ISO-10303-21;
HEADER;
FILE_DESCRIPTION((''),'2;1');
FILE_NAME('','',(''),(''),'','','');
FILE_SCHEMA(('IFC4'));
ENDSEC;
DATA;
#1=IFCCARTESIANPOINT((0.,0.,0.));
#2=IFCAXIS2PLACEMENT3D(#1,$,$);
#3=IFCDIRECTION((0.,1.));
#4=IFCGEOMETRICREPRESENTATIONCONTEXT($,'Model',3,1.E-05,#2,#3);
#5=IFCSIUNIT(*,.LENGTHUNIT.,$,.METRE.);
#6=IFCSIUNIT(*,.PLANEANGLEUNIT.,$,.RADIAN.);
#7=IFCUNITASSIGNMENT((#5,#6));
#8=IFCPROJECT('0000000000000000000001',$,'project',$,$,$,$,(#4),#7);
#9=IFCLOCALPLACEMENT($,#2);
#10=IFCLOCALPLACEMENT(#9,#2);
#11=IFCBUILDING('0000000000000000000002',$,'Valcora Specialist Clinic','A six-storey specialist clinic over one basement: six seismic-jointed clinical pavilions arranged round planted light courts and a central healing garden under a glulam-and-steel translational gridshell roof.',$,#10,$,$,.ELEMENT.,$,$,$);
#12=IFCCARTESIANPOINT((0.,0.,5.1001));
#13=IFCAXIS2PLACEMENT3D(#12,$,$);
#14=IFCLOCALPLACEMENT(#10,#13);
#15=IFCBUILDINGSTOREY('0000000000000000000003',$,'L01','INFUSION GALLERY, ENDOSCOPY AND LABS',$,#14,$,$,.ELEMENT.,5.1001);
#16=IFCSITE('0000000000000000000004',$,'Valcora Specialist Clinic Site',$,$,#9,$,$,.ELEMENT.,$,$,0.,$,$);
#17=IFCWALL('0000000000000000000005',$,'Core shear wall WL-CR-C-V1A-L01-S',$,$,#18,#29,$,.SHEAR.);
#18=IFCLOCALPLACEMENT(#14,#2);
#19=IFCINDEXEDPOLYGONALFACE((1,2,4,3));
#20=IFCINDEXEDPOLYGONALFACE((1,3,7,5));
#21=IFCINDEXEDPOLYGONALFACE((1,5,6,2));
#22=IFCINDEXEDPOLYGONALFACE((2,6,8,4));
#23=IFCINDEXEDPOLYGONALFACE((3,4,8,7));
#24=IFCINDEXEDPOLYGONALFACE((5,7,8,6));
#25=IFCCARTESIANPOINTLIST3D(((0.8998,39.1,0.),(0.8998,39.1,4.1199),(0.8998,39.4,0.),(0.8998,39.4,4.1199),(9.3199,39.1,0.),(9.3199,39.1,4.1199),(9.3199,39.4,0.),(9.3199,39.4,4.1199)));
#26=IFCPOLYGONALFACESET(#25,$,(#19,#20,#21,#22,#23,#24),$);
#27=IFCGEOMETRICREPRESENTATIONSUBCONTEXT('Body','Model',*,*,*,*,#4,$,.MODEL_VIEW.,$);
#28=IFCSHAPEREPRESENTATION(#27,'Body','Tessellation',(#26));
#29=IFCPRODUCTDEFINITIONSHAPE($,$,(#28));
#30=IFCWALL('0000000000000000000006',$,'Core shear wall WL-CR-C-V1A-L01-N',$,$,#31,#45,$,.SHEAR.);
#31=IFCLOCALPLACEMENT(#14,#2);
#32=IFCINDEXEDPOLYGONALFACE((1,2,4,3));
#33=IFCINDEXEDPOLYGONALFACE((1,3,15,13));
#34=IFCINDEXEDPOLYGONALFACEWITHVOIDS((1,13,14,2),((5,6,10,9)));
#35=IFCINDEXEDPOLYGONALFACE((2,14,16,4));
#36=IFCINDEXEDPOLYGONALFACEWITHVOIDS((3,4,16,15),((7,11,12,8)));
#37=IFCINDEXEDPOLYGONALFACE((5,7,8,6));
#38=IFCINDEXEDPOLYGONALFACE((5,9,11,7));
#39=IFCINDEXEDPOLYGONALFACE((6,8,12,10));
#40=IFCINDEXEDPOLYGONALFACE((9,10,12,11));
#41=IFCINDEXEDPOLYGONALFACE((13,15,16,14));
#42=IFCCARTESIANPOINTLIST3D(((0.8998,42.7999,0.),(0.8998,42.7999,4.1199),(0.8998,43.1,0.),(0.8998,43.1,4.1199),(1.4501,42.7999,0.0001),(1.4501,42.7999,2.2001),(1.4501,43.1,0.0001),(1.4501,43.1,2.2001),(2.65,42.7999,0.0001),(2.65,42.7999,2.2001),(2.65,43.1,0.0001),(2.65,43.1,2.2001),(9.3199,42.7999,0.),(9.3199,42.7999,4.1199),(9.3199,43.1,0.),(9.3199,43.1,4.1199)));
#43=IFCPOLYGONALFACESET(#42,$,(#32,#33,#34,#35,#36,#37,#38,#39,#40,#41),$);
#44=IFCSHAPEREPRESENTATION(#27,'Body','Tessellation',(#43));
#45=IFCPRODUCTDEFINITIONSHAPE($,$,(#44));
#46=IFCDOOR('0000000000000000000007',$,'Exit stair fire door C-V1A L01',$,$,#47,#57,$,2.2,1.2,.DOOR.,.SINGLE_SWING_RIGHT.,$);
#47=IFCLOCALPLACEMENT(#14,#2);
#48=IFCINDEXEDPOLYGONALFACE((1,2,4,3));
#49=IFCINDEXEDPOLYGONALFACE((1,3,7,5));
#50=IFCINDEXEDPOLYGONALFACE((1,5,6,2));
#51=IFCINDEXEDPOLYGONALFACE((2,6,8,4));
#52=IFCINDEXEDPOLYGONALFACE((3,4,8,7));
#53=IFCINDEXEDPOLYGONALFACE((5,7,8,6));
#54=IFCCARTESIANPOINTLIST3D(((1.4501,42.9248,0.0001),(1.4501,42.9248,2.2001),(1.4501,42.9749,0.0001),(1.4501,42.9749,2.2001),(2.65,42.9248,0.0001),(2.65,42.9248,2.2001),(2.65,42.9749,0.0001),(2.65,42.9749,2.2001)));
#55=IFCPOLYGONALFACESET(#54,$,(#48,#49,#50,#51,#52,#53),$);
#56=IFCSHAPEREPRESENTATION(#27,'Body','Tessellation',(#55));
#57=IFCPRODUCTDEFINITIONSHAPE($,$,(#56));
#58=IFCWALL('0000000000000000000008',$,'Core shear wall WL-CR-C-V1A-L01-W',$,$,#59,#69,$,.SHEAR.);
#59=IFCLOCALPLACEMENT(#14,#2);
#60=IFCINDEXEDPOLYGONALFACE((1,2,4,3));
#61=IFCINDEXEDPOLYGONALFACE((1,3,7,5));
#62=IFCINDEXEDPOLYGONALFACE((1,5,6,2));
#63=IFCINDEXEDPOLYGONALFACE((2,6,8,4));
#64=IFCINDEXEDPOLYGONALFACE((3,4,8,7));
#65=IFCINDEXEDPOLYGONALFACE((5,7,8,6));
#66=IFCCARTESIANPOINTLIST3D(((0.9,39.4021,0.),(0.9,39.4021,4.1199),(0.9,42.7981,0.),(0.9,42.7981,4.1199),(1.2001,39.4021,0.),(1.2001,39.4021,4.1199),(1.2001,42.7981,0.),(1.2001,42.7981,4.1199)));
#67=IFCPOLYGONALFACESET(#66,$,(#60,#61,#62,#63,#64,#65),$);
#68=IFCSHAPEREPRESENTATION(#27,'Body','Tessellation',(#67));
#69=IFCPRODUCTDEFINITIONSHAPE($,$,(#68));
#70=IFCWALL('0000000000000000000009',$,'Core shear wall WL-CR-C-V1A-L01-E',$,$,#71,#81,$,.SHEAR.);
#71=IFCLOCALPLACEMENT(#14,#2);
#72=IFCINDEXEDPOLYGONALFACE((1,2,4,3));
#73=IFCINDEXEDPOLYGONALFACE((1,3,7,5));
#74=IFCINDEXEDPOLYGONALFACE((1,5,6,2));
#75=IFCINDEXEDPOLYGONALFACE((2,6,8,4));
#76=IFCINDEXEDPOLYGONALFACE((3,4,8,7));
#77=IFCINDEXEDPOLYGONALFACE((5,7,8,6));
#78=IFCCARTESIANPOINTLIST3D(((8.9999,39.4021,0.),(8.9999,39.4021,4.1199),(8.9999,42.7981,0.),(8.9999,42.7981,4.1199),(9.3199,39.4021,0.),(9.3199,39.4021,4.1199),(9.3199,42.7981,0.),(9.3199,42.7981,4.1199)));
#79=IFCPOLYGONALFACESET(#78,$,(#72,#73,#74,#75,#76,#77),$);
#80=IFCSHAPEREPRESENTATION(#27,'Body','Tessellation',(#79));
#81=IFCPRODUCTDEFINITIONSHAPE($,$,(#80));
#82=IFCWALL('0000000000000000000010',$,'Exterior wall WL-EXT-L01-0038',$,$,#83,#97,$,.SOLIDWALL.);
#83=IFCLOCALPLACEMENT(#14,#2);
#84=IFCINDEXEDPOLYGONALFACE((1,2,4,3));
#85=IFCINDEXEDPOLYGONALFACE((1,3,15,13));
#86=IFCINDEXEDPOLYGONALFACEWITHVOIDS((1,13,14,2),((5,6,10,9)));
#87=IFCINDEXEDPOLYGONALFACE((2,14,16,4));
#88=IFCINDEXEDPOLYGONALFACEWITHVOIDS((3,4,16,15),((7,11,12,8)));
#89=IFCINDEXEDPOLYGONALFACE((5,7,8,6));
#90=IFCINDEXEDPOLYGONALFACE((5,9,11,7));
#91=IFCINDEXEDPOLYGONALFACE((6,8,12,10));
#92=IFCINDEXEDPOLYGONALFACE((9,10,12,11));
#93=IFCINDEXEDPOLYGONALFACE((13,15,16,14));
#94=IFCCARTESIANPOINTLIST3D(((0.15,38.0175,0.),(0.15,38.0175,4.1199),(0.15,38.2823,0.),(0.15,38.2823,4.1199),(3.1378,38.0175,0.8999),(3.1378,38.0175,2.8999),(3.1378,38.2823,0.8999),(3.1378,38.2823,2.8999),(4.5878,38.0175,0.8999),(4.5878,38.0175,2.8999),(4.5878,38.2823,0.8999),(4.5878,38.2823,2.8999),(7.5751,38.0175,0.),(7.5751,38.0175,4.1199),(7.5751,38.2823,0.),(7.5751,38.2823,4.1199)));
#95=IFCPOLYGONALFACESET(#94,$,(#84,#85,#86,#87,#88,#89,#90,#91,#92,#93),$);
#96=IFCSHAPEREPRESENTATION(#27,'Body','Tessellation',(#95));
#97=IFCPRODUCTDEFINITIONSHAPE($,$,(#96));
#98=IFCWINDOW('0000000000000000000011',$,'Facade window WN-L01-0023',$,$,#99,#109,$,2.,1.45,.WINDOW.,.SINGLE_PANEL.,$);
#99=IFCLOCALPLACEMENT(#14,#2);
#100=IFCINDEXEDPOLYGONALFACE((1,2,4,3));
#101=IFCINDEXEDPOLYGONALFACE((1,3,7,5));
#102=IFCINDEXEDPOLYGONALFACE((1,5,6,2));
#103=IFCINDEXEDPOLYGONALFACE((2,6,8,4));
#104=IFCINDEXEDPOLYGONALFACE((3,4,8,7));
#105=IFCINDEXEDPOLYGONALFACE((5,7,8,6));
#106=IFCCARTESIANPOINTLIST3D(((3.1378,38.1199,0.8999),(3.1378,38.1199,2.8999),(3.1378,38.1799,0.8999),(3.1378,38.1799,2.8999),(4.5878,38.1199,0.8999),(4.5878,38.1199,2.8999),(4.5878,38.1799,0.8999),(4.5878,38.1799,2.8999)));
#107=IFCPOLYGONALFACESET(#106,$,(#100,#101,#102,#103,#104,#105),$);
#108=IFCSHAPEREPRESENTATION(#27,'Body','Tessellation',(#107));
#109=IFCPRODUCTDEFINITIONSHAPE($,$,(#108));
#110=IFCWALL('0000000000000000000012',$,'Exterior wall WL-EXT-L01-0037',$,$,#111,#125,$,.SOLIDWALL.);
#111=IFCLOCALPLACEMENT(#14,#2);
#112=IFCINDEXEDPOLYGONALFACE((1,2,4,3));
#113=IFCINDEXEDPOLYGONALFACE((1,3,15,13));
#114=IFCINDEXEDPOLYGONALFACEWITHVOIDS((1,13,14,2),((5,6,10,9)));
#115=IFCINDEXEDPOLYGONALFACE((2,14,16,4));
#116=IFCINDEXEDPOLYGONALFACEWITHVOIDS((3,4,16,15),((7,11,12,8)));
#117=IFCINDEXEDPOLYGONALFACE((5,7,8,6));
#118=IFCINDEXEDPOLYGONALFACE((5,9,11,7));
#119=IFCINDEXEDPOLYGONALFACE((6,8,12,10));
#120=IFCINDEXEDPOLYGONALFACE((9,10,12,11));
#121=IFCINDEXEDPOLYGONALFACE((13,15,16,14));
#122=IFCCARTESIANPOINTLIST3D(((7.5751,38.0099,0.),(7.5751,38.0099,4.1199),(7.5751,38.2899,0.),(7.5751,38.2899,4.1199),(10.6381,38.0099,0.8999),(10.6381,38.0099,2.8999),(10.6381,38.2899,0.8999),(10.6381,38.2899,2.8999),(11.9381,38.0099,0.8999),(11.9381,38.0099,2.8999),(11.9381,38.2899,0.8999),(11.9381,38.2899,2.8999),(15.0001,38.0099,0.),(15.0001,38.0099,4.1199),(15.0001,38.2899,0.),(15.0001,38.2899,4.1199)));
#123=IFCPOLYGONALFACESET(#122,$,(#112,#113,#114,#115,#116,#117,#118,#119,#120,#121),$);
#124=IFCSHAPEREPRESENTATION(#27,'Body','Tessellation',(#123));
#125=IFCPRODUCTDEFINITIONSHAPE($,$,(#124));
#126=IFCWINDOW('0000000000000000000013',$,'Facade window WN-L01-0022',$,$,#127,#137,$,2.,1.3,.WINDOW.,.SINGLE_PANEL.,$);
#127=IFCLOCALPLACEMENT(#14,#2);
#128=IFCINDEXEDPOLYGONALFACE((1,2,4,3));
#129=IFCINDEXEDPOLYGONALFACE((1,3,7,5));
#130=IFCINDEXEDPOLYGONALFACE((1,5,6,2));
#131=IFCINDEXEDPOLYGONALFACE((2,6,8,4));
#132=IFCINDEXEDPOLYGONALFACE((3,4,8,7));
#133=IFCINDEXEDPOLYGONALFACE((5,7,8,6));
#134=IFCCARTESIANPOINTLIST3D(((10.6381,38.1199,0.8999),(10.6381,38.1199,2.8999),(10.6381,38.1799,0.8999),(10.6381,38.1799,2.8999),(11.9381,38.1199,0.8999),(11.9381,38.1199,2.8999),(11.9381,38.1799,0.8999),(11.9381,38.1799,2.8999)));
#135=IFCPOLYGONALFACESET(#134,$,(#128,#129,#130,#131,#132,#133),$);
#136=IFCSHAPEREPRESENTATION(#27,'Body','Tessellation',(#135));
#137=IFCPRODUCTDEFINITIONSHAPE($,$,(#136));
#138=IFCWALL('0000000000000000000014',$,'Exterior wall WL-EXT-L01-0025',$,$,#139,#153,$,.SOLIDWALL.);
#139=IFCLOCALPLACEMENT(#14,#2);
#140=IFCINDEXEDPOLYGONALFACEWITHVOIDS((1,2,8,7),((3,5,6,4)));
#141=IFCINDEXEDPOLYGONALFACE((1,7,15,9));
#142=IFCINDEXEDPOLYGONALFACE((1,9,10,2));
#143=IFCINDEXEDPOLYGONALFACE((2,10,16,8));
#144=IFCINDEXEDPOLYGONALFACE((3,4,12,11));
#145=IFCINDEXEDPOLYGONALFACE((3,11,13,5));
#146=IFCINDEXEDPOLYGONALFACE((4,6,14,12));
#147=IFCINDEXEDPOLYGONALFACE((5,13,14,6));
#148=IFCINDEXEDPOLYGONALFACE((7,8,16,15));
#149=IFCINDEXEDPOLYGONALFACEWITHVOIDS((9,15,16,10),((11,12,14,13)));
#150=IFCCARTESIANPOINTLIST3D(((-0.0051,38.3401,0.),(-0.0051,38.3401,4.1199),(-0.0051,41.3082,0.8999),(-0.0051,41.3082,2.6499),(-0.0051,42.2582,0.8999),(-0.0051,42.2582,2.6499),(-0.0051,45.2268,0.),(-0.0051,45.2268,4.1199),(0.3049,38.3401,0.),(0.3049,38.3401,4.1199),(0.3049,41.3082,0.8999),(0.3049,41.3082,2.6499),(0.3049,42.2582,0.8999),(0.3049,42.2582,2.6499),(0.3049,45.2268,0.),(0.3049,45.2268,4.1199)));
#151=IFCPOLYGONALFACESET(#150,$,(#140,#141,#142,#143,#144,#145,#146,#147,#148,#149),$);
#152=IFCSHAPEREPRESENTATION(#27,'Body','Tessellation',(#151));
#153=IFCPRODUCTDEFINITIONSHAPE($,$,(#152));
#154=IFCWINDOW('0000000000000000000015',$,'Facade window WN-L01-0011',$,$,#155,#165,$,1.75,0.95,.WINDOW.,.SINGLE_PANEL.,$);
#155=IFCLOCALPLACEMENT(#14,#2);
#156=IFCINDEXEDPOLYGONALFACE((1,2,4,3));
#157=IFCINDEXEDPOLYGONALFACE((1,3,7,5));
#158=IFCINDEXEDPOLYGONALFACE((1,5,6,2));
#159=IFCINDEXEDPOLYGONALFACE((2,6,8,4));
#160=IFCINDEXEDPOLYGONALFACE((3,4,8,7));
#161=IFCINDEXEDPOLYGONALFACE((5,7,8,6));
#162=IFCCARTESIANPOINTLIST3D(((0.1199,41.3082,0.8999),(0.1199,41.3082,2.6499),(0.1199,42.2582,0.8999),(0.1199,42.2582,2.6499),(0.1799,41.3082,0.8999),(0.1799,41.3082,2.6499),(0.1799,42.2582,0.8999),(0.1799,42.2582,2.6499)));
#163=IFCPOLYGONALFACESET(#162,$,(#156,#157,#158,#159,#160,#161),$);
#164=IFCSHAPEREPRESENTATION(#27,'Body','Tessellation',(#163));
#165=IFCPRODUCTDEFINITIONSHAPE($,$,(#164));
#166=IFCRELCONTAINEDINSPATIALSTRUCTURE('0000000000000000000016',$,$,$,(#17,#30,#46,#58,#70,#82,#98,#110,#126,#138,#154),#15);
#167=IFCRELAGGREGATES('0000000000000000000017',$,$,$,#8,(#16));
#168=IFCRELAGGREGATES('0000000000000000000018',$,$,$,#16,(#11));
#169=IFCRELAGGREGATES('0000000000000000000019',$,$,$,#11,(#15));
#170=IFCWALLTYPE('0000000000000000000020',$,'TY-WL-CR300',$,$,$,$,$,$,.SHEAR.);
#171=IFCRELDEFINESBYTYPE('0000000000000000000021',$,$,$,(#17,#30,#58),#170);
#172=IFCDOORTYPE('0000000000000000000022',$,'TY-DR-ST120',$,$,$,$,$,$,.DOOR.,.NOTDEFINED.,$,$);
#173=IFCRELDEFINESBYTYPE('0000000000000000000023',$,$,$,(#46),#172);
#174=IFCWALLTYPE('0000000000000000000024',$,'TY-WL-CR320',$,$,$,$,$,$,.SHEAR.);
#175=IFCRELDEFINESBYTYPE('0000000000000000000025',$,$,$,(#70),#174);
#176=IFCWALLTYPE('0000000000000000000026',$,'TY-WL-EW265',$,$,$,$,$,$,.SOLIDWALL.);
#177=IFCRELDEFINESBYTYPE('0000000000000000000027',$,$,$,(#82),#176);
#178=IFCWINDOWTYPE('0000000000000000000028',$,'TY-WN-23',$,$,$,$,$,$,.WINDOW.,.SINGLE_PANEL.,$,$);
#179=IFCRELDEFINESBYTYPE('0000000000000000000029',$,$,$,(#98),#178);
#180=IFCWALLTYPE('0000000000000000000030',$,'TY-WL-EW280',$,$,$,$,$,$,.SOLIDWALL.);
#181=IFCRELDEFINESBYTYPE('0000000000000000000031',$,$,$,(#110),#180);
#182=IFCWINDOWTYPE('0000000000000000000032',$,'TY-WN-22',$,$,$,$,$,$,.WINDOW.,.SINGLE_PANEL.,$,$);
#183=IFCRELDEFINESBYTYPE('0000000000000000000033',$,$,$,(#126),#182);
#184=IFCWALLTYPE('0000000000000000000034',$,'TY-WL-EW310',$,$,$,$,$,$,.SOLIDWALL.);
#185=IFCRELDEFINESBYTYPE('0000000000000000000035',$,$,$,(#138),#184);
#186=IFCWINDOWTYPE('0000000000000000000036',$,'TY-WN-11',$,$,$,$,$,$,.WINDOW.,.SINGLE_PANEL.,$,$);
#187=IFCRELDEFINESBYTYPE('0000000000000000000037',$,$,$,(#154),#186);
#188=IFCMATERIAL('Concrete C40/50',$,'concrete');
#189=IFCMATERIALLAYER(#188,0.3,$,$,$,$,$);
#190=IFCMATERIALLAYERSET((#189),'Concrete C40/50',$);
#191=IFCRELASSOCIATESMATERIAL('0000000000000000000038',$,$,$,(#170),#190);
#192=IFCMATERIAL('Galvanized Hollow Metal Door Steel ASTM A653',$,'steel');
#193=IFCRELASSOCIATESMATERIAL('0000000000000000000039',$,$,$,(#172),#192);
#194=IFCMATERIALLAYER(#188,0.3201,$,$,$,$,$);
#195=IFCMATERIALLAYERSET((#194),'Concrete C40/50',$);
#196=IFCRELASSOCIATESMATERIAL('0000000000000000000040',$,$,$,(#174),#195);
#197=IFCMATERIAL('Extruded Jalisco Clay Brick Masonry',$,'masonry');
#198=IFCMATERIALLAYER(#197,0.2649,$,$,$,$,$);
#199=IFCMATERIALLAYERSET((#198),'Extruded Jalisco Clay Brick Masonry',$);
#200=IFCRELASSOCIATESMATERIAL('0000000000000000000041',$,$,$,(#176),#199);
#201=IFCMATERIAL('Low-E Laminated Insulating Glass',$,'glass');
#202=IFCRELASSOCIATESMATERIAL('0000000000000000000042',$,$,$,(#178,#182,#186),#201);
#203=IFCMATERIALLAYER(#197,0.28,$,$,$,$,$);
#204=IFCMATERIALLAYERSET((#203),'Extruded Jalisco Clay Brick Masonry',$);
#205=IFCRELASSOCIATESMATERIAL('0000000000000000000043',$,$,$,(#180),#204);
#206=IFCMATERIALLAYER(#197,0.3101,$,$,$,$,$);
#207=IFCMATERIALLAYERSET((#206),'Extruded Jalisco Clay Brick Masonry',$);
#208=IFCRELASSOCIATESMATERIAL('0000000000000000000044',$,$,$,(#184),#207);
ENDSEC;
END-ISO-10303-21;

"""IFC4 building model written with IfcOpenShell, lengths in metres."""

from ifc_helpers import new_model, si_unit, direction, frame, frame_2d, origin, place, context, subcontext, project, spatial, rectangle, extrude, material, layer, layer_set, type_object, element, fill, save


model = new_model("IFC4")

# Units and contexts
model_context = context("Model", 3, precision=1e-05, world=origin(), true_north=direction((0.0, 1.0)))
body_context = subcontext(model_context, "Body", "Model", "MODEL_VIEW")
ifc_project = project(units=[si_unit("LENGTHUNIT", "METRE"), si_unit("PLANEANGLEUNIT", "RADIAN")], contexts=[model_context])

# Site, building, storey
site_placement = place(None, origin())
site = spatial("IfcSite", under=ifc_project, at=site_placement, Name="Valcora Specialist Clinic Site", CompositionType="ELEMENT", RefElevation=0.0)
building_placement = place(site_placement, origin())
building = spatial("IfcBuilding", under=site, at=building_placement, Name="Valcora Specialist Clinic", Description="A six-storey specialist clinic over one basement: six seismic-jointed clinical pavilions arranged round planted light courts and a central healing garden under a glulam-and-steel translational gridshell roof.", CompositionType="ELEMENT")
storey_placement = place(building_placement, frame((0.0, 0.0, 5.1001)))
storey = spatial("IfcBuildingStorey", under=building, at=storey_placement, Name="L01", Description="INFUSION GALLERY, ENDOSCOPY AND LABS", CompositionType="ELEMENT", Elevation=5.1001)

# Shared definitions
ifc_material_1 = material(Name="Concrete C40/50", Category="concrete")

# Wall
ifc_layer_1 = layer(ifc_material_1, 0.3)
ifc_layer_set_1 = layer_set([ifc_layer_1], Name="Concrete C40/50")
wall_type_1 = type_object("IfcWallType", Name="TY-WL-CR300", PredefinedType="SHEAR", material=ifc_layer_set_1)
wall_1_placement = place(storey_placement, frame((0.8999, 39.25, 0.0), z_axis=(0.0, 0.0, 1.0), x_axis=(1.0, 0.0, 0.0)))
element("IfcWall", 1, at=wall_1_placement, inside=storey, type_object=wall_type_1, Name="Core shear wall WL-CR-C-V1A-L01-S", PredefinedType="SHEAR", context=body_context, shape_type="SweptSolid", body=[
    extrude(rectangle(XDim=8.4202, YDim=0.3, at=frame_2d((4.21, 0.0))), origin(), (0.0, 0.0, 1.0), 4.1199),
])

# Wall, opening, door
wall_2_placement = place(storey_placement, frame((0.8999, 42.95, 0.0), z_axis=(0.0, 0.0, 1.0), x_axis=(1.0, 0.0, 0.0)))
wall_2 = element("IfcWall", 2, at=wall_2_placement, inside=storey, type_object=wall_type_1, Name="Core shear wall WL-CR-C-V1A-L01-N", PredefinedType="SHEAR", context=body_context, shape_type="SweptSolid", body=[
    extrude(rectangle(XDim=8.4202, YDim=0.3, at=frame_2d((4.21, 0.0))), origin(), (0.0, 0.0, 1.0), 4.1199),
])
opening_1_placement = place(wall_2_placement, frame((0.55, 0.0, 0.0)))
opening_1 = element("IfcOpeningElement", 3, at=opening_1_placement, cuts=wall_2, PredefinedType="OPENING", context=body_context, shape_type="SweptSolid", body=[
    extrude(rectangle(XDim=1.2, YDim=2.2, at=frame_2d((0.6001, 1.1001))), frame((0.0, 0.1599, 0.0), z_axis=(0.0, -1.0, 0.0), x_axis=(1.0, 0.0, 0.0)), (0.0, 0.0, 1.0), 0.3201),
])
ifc_material_2 = material(Name="Galvanized Hollow Metal Door Steel ASTM A653", Category="steel")
door_type_1 = type_object("IfcDoorType", Name="TY-DR-ST120", OperationType="NOTDEFINED", PredefinedType="DOOR", material=ifc_material_2)
door_1_placement = place(opening_1_placement, origin())
door_1 = element("IfcDoor", 4, at=door_1_placement, inside=storey, type_object=door_type_1, Name="Exit stair fire door C-V1A L01", OperationType="SINGLE_SWING_RIGHT", OverallHeight=2.2, OverallWidth=1.2, PredefinedType="DOOR", context=body_context, shape_type="SweptSolid", body=[
    extrude(rectangle(XDim=1.2, YDim=2.2, at=frame_2d((0.6001, 1.1001))), frame((0.0, 0.0249, 0.0), z_axis=(0.0, -1.0, 0.0), x_axis=(1.0, 0.0, 0.0)), (0.0, 0.0, 1.0), 0.05),
])
fill(opening_1, door_1)

# Walls
wall_3_placement = place(storey_placement, frame((1.05, 39.4021, 0.0), z_axis=(0.0, 0.0, 1.0), x_axis=(0.0, 1.0, 0.0)))
element("IfcWall", 5, at=wall_3_placement, inside=storey, type_object=wall_type_1, Name="Core shear wall WL-CR-C-V1A-L01-W", PredefinedType="SHEAR", context=body_context, shape_type="SweptSolid", body=[
    extrude(rectangle(XDim=3.396, YDim=0.3, at=frame_2d((1.698, 0.0))), origin(), (0.0, 0.0, 1.0), 4.1199),
])
ifc_layer_2 = layer(ifc_material_1, 0.3201)
ifc_layer_set_2 = layer_set([ifc_layer_2], Name="Concrete C40/50")
wall_type_2 = type_object("IfcWallType", Name="TY-WL-CR320", PredefinedType="SHEAR", material=ifc_layer_set_2)
wall_4_placement = place(storey_placement, frame((9.1599, 39.4021, 0.0), z_axis=(0.0, 0.0, 1.0), x_axis=(0.0, 1.0, 0.0)))
element("IfcWall", 6, at=wall_4_placement, inside=storey, type_object=wall_type_2, Name="Core shear wall WL-CR-C-V1A-L01-E", PredefinedType="SHEAR", context=body_context, shape_type="SweptSolid", body=[
    extrude(rectangle(XDim=3.396, YDim=0.3201, at=frame_2d((1.698, 0.0))), origin(), (0.0, 0.0, 1.0), 4.1199),
])

# Walls, openings, windows
ifc_material_3 = material(Name="Extruded Jalisco Clay Brick Masonry", Category="masonry")
ifc_layer_3 = layer(ifc_material_3, 0.2649)
ifc_layer_set_3 = layer_set([ifc_layer_3], Name="Extruded Jalisco Clay Brick Masonry")
wall_type_3 = type_object("IfcWallType", Name="TY-WL-EW265", PredefinedType="SOLIDWALL", material=ifc_layer_set_3)
wall_5_placement = place(storey_placement, frame((7.575, 38.1499, 0.0), z_axis=(0.0, 0.0, 1.0), x_axis=(-1.0, 0.0, 0.0)))
wall_5 = element("IfcWall", 7, at=wall_5_placement, inside=storey, type_object=wall_type_3, Name="Exterior wall WL-EXT-L01-0038", PredefinedType="SOLIDWALL", context=body_context, shape_type="SweptSolid", body=[
    extrude(rectangle(XDim=7.425, YDim=0.2649, at=frame_2d((3.7124, 0.0))), origin(), (0.0, 0.0, 1.0), 4.1199),
])
opening_2_placement = place(wall_5_placement, frame((2.9871, 0.0, 0.8999)))
opening_2 = element("IfcOpeningElement", 8, at=opening_2_placement, cuts=wall_5, PredefinedType="OPENING", context=body_context, shape_type="SweptSolid", body=[
    extrude(rectangle(XDim=1.45, YDim=2.0, at=frame_2d((0.7251, 1.0))), frame((0.0, 0.1423, 0.0), z_axis=(0.0, -1.0, 0.0), x_axis=(1.0, 0.0, 0.0)), (0.0, 0.0, 1.0), 0.2849),
])
ifc_material_4 = material(Name="Low-E Laminated Insulating Glass", Category="glass")
window_type_1 = type_object("IfcWindowType", Name="TY-WN-23", PartitioningType="SINGLE_PANEL", PredefinedType="WINDOW", material=ifc_material_4)
window_1_placement = place(opening_2_placement, origin())
window_1 = element("IfcWindow", 9, at=window_1_placement, inside=storey, type_object=window_type_1, Name="Facade window WN-L01-0023", OverallHeight=2.0, OverallWidth=1.45, PartitioningType="SINGLE_PANEL", PredefinedType="WINDOW", context=body_context, shape_type="SweptSolid", body=[
    extrude(rectangle(XDim=1.45, YDim=2.0, at=frame_2d((0.7251, 1.0))), frame((0.0, 0.03, 0.0), z_axis=(0.0, -1.0, 0.0), x_axis=(1.0, 0.0, 0.0)), (0.0, 0.0, 1.0), 0.0601),
])
fill(opening_2, window_1)
ifc_layer_4 = layer(ifc_material_3, 0.28)
ifc_layer_set_4 = layer_set([ifc_layer_4], Name="Extruded Jalisco Clay Brick Masonry")
wall_type_4 = type_object("IfcWallType", Name="TY-WL-EW280", PredefinedType="SOLIDWALL", material=ifc_layer_set_4)
wall_6_placement = place(storey_placement, frame((15.0, 38.1499, 0.0), z_axis=(0.0, 0.0, 1.0), x_axis=(-1.0, 0.0, 0.0)))
wall_6 = element("IfcWall", 10, at=wall_6_placement, inside=storey, type_object=wall_type_4, Name="Exterior wall WL-EXT-L01-0037", PredefinedType="SOLIDWALL", context=body_context, shape_type="SweptSolid", body=[
    extrude(rectangle(XDim=7.425, YDim=0.28, at=frame_2d((3.7124, 0.0))), origin(), (0.0, 0.0, 1.0), 4.1199),
])
opening_3_placement = place(wall_6_placement, frame((3.062, 0.0, 0.8999)))
opening_3 = element("IfcOpeningElement", 11, at=opening_3_placement, cuts=wall_6, PredefinedType="OPENING", context=body_context, shape_type="SweptSolid", body=[
    extrude(rectangle(XDim=1.3, YDim=2.0, at=frame_2d((0.6499, 1.0))), frame((0.0, 0.1499, 0.0), z_axis=(0.0, -1.0, 0.0), x_axis=(1.0, 0.0, 0.0)), (0.0, 0.0, 1.0), 0.3),
])
window_type_2 = type_object("IfcWindowType", Name="TY-WN-22", PartitioningType="SINGLE_PANEL", PredefinedType="WINDOW", material=ifc_material_4)
window_2_placement = place(opening_3_placement, origin())
window_2 = element("IfcWindow", 12, at=window_2_placement, inside=storey, type_object=window_type_2, Name="Facade window WN-L01-0022", OverallHeight=2.0, OverallWidth=1.3, PartitioningType="SINGLE_PANEL", PredefinedType="WINDOW", context=body_context, shape_type="SweptSolid", body=[
    extrude(rectangle(XDim=1.3, YDim=2.0, at=frame_2d((0.6499, 1.0))), frame((0.0, 0.03, 0.0), z_axis=(0.0, -1.0, 0.0), x_axis=(1.0, 0.0, 0.0)), (0.0, 0.0, 1.0), 0.0601),
])
fill(opening_3, window_2)
ifc_layer_5 = layer(ifc_material_3, 0.3101)
ifc_layer_set_5 = layer_set([ifc_layer_5], Name="Extruded Jalisco Clay Brick Masonry")
wall_type_5 = type_object("IfcWallType", Name="TY-WL-EW310", PredefinedType="SOLIDWALL", material=ifc_layer_set_5)
wall_7_placement = place(storey_placement, frame((0.1499, 38.3401, 0.0), z_axis=(0.0, 0.0, 1.0), x_axis=(0.0, 1.0, 0.0)))
wall_7 = element("IfcWall", 13, at=wall_7_placement, inside=storey, type_object=wall_type_5, Name="Exterior wall WL-EXT-L01-0025", PredefinedType="SOLIDWALL", context=body_context, shape_type="SweptSolid", body=[
    extrude(rectangle(XDim=6.8867, YDim=0.3101, at=frame_2d((3.4434, 0.0))), origin(), (0.0, 0.0, 1.0), 4.1199),
])
opening_4_placement = place(wall_7_placement, frame((2.968, 0.0, 0.8999)))
opening_4 = element("IfcOpeningElement", 14, at=opening_4_placement, cuts=wall_7, PredefinedType="OPENING", context=body_context, shape_type="SweptSolid", body=[
    extrude(rectangle(XDim=0.95, YDim=1.75, at=frame_2d((0.4751, 0.875))), frame((0.0, 0.165, 0.0), z_axis=(0.0, -1.0, 0.0), x_axis=(1.0, 0.0, 0.0)), (0.0, 0.0, 1.0), 0.3301),
])
window_type_3 = type_object("IfcWindowType", Name="TY-WN-11", PartitioningType="SINGLE_PANEL", PredefinedType="WINDOW", material=ifc_material_4)
window_3_placement = place(opening_4_placement, origin())
window_3 = element("IfcWindow", 15, at=window_3_placement, inside=storey, type_object=window_type_3, Name="Facade window WN-L01-0011", OverallHeight=1.75, OverallWidth=0.95, PartitioningType="SINGLE_PANEL", PredefinedType="WINDOW", context=body_context, shape_type="SweptSolid", body=[
    extrude(rectangle(XDim=0.95, YDim=1.75, at=frame_2d((0.4751, 0.875))), frame((0.0, 0.03, 0.0), z_axis=(0.0, -1.0, 0.0), x_axis=(1.0, 0.0, 0.0)), (0.0, 0.0, 1.0), 0.0601),
])
fill(opening_4, window_3)

save(model, "model.ifc")
